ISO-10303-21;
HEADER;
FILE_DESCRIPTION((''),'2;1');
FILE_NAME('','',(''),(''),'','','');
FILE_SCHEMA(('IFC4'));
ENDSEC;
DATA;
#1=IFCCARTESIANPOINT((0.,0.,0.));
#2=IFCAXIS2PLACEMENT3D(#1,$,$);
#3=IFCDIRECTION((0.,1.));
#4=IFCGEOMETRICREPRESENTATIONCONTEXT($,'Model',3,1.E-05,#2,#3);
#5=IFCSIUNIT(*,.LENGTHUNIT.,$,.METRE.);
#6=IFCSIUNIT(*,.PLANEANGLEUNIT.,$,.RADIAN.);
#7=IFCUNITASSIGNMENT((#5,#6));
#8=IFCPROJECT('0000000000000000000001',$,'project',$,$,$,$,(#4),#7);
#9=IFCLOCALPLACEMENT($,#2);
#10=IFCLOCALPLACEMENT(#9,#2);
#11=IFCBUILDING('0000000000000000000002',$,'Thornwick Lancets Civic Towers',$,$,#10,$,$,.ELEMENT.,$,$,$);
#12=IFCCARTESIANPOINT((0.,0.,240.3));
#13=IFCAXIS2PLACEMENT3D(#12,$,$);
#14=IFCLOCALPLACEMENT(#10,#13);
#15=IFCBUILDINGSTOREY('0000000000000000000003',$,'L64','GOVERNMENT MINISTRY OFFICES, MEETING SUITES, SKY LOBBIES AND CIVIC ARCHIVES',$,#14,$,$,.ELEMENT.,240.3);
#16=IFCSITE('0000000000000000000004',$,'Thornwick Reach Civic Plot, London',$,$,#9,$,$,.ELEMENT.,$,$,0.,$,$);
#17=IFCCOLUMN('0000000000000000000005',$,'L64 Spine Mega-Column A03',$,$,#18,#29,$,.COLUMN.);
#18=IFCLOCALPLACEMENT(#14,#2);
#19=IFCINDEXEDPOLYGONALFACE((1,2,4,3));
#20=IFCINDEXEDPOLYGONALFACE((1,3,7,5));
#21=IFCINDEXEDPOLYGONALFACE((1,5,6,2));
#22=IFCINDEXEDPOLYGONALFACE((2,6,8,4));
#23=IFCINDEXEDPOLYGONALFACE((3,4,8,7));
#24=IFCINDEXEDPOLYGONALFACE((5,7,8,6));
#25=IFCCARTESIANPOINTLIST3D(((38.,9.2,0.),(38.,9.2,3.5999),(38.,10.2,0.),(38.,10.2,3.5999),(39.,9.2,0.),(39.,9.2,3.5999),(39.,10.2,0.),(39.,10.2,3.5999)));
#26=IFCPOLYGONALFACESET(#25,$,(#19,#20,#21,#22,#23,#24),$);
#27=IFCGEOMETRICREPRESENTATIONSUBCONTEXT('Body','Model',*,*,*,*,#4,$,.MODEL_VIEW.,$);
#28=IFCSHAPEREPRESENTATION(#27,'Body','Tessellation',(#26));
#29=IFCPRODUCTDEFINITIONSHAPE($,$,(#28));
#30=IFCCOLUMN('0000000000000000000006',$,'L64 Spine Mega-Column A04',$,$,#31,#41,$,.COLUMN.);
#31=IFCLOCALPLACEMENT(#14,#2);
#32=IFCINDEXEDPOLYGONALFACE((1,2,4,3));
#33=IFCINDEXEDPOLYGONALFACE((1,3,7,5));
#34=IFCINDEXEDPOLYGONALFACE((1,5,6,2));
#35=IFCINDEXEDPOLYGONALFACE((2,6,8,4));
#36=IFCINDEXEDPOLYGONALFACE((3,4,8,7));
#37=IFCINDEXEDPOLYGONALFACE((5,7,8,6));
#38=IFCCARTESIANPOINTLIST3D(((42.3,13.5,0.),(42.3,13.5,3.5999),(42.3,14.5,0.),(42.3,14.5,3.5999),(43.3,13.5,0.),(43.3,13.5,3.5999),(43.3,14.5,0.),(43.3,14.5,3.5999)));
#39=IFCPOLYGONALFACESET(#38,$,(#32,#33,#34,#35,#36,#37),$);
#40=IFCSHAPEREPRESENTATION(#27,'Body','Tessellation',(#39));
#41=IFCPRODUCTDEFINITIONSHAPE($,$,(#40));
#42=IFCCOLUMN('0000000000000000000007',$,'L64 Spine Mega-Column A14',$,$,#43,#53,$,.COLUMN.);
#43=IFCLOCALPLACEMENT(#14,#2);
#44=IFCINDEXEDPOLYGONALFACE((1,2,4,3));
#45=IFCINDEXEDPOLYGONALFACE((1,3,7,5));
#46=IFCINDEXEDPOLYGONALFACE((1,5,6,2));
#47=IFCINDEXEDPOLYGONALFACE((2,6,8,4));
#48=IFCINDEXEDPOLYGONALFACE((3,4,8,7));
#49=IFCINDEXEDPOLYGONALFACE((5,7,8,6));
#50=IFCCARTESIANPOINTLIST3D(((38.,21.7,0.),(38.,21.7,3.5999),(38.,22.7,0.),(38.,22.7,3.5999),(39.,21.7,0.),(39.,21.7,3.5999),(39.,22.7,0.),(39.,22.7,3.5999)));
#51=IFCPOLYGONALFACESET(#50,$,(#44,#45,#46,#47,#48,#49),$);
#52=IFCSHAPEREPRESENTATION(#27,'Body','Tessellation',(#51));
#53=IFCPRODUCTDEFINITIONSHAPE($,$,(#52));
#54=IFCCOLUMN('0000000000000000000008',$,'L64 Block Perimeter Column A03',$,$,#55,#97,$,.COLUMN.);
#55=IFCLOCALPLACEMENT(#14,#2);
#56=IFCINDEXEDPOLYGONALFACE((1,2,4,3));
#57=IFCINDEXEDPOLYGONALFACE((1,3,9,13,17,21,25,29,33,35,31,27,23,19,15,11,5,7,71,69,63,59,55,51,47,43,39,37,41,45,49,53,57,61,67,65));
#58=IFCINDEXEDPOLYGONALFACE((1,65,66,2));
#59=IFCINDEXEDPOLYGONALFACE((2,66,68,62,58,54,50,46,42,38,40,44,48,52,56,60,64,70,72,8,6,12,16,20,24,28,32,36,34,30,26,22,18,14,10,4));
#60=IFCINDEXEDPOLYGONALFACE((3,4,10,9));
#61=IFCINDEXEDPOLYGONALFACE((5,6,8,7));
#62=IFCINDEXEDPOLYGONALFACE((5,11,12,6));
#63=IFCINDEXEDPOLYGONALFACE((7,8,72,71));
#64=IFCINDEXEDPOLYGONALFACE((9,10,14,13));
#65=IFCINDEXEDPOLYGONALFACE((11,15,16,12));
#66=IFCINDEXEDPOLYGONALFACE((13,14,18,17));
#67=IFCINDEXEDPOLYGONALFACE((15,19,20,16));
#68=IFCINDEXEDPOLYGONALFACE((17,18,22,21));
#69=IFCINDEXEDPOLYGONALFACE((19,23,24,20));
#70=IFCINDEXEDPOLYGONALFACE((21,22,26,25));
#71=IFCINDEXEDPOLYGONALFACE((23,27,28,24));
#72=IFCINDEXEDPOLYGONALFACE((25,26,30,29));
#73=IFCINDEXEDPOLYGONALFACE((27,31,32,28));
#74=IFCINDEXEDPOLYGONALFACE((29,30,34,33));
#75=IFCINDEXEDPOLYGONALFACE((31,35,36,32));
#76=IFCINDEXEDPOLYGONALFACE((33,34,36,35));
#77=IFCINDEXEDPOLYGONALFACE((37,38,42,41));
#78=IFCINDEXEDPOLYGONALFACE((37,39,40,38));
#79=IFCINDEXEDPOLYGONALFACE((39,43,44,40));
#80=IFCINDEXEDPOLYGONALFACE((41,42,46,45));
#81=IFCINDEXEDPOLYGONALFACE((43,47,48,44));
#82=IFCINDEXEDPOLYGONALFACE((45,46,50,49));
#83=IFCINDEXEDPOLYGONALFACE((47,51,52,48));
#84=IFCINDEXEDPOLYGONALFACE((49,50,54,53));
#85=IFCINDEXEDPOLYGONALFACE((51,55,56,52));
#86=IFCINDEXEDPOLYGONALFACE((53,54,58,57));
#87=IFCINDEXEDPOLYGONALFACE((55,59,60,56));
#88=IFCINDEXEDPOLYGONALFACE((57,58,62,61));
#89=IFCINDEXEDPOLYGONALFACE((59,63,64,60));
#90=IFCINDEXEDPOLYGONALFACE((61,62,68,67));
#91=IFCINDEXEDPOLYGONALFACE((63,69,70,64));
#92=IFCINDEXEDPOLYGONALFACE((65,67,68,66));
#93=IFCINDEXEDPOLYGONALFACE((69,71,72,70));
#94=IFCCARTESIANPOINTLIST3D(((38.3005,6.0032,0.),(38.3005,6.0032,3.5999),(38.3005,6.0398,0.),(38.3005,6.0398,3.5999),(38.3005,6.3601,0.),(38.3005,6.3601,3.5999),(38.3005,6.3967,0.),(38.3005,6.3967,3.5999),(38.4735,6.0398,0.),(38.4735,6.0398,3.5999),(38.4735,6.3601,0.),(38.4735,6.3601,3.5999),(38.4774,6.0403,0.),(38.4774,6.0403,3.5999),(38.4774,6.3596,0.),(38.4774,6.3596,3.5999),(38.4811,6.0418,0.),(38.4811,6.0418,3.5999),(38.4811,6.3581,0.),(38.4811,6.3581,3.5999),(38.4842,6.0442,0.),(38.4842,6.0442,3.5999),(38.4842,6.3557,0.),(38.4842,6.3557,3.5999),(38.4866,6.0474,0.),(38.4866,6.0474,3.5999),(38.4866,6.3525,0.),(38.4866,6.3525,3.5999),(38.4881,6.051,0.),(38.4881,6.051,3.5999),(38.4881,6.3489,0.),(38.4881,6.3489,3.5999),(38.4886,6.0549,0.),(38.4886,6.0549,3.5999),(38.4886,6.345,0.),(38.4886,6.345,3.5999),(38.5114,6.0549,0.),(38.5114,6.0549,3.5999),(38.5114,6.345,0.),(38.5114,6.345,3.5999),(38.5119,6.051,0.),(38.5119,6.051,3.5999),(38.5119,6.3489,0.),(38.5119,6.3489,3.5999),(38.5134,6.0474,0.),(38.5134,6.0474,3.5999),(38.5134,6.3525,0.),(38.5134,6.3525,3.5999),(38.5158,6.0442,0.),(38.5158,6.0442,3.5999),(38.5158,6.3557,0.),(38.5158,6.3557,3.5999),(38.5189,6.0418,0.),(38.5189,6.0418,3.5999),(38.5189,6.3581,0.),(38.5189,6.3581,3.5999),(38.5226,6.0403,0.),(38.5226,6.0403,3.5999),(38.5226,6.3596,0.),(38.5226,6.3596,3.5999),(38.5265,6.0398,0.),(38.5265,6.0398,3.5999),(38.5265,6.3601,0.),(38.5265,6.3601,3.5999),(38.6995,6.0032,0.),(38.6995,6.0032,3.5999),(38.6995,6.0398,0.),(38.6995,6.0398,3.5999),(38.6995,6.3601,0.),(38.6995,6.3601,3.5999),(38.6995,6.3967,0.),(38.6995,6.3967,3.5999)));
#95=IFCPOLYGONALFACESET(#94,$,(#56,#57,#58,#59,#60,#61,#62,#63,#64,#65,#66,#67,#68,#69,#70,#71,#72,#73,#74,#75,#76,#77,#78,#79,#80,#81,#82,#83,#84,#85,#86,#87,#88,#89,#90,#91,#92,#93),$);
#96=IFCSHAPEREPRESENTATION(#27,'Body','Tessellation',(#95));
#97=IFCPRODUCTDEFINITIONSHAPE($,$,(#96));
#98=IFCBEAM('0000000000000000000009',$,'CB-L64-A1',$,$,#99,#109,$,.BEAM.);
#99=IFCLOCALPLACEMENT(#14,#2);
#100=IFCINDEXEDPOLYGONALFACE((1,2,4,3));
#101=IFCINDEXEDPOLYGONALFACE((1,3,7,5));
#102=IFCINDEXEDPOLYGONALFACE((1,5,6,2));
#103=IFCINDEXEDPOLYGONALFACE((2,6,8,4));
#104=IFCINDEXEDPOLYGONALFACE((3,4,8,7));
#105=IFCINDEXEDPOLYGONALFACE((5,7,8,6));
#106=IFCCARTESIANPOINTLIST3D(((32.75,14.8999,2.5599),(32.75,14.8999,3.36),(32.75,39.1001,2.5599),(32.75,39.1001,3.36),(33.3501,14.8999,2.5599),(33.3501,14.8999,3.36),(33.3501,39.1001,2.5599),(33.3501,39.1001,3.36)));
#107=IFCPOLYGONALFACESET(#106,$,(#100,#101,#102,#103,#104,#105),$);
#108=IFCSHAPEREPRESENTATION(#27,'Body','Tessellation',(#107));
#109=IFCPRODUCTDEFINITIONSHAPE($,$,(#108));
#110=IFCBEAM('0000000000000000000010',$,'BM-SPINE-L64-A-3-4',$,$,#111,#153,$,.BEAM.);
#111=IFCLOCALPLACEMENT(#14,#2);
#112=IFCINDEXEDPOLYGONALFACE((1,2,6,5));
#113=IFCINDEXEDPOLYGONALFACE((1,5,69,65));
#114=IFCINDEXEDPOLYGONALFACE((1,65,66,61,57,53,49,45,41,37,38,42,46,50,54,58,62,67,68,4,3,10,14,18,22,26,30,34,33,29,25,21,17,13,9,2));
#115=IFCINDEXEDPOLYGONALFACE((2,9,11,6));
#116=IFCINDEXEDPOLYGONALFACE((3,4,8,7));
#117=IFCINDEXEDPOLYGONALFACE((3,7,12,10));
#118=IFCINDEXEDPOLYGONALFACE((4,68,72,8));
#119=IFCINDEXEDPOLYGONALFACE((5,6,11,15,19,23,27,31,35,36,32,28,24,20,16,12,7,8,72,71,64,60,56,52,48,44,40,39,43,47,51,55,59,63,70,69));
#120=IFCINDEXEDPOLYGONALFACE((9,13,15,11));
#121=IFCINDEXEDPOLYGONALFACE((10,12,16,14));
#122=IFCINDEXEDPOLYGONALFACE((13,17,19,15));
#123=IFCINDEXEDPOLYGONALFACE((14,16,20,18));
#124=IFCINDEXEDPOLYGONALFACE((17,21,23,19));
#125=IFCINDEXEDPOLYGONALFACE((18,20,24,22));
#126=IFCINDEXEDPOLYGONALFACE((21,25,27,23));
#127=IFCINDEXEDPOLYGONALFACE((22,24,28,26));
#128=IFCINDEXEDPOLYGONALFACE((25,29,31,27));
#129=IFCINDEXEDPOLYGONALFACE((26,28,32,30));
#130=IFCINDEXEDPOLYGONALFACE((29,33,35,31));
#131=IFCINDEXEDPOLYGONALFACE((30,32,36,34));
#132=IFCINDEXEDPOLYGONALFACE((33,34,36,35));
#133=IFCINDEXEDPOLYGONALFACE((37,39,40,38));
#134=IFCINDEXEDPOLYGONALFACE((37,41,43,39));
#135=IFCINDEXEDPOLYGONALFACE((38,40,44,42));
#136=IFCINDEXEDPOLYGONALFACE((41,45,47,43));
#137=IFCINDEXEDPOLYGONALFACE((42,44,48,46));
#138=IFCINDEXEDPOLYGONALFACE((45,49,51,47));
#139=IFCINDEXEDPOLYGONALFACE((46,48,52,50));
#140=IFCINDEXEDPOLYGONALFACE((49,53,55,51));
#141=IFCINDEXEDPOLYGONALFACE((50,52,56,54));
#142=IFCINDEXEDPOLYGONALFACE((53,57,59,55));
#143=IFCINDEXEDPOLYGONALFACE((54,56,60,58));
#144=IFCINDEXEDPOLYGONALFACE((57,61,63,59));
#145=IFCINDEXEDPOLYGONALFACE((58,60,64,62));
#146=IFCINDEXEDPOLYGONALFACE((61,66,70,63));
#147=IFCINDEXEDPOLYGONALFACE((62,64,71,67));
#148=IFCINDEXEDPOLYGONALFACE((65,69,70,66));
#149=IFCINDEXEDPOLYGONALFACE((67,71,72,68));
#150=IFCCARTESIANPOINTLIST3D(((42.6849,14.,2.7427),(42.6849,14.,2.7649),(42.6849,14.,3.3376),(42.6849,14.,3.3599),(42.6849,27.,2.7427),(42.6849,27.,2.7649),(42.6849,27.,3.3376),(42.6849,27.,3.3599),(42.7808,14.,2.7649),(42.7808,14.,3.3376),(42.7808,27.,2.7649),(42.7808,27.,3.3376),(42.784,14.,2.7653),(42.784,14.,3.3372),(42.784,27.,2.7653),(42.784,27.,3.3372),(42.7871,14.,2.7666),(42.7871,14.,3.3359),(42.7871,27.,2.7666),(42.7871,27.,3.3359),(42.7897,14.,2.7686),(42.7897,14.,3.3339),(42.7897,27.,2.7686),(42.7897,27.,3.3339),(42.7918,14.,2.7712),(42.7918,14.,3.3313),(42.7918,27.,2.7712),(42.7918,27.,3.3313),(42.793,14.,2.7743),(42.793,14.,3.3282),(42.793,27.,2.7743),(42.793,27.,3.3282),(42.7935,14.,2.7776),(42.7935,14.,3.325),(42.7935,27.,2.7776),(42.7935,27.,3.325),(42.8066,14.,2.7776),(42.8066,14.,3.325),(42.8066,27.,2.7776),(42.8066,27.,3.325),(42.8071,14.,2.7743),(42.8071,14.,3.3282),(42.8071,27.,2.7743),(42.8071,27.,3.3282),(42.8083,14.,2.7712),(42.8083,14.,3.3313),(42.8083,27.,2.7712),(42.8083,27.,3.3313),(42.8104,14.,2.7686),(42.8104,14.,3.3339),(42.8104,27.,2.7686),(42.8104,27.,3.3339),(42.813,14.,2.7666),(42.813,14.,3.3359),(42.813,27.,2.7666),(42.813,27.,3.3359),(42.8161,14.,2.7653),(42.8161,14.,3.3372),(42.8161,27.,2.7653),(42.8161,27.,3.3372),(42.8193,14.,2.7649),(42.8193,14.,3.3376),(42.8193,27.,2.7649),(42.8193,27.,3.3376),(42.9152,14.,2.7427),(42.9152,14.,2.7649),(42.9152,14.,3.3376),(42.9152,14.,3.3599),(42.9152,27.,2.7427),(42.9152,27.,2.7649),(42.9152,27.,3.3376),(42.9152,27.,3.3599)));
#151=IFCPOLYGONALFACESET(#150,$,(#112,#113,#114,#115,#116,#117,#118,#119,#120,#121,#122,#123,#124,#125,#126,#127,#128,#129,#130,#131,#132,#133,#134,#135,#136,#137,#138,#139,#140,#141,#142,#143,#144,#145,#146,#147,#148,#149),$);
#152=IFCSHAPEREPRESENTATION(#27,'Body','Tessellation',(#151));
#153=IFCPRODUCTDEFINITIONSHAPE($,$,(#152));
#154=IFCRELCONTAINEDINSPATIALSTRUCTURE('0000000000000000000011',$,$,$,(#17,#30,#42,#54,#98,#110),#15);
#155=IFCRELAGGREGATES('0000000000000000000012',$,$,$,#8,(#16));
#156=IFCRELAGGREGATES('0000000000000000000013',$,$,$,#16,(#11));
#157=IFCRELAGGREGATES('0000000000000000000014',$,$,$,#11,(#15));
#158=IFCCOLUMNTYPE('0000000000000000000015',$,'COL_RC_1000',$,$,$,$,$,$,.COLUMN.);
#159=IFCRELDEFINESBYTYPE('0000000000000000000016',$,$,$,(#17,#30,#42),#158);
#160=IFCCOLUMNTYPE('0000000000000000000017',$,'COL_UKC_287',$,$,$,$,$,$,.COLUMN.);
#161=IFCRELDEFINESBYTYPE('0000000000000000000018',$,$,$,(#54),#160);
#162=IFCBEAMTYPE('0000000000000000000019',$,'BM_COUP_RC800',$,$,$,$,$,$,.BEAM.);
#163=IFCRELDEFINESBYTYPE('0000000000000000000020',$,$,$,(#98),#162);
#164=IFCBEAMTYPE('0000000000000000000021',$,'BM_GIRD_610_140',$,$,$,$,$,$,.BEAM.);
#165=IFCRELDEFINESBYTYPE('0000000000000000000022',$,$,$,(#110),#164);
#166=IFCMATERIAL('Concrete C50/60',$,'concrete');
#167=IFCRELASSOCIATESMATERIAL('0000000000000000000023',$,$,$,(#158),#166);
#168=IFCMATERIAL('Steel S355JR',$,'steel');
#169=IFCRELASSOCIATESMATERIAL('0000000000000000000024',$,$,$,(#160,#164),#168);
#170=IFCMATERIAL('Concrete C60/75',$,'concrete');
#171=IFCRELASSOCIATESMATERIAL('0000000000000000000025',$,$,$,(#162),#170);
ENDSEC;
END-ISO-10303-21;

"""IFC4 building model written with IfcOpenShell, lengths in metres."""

from ifc_helpers import new_model, si_unit, direction, frame, origin, origin_2d, place, context, subcontext, project, spatial, rectangle, i_section, extrude, material, material_profile, profile_set, type_object, element, save


model = new_model("IFC4")

# Units and contexts
model_context = context("Model", 3, precision=1e-05, world=origin(), true_north=direction((0.0, 1.0)))
body_context = subcontext(model_context, "Body", "Model", "MODEL_VIEW")
ifc_project = project(units=[si_unit("LENGTHUNIT", "METRE"), si_unit("PLANEANGLEUNIT", "RADIAN")], contexts=[model_context])

# Site, building, storey
site_placement = place(None, origin())
site = spatial("IfcSite", under=ifc_project, at=site_placement, Name="Thornwick Reach Civic Plot, London", CompositionType="ELEMENT", RefElevation=0.0)
building_placement = place(site_placement, origin())
building = spatial("IfcBuilding", under=site, at=building_placement, Name="Thornwick Lancets Civic Towers", CompositionType="ELEMENT")
storey_placement = place(building_placement, frame((0.0, 0.0, 240.3)))
storey = spatial("IfcBuildingStorey", under=building, at=storey_placement, Name="L64", Description="GOVERNMENT MINISTRY OFFICES, MEETING SUITES, SKY LOBBIES AND CIVIC ARCHIVES", CompositionType="ELEMENT", Elevation=240.3)

# Columns
ifc_material_1 = material(Name="Concrete C50/60", Category="concrete")
ifc_material_profile_1 = material_profile(ifc_material_1, rectangle(XDim=1.0, YDim=1.0, at=origin_2d()), Name="RC 1000x1000")
ifc_profile_set_1 = profile_set([ifc_material_profile_1], Name="Concrete C50/60")
column_type_1 = type_object("IfcColumnType", Name="COL_RC_1000", PredefinedType="COLUMN", material=ifc_profile_set_1)
for number, where, z_axis, x_axis, name in (
    (1, (38.5, 9.7, 0.0), (0.0, 0.0, 1.0), (1.0, 0.0, 0.0), "L64 Spine Mega-Column A03"),
    (2, (42.8, 14.0, 0.0), (0.0, 0.0, 1.0), (1.0, 0.0, 0.0), "L64 Spine Mega-Column A04"),
    (3, (38.5, 22.2, 0.0), (0.0, 0.0, 1.0), (1.0, 0.0, 0.0), "L64 Spine Mega-Column A14"),
):
    element("IfcColumn", number, at=place(storey_placement, frame(where, z_axis=z_axis, x_axis=x_axis)), inside=storey, type_object=column_type_1, Name=name, PredefinedType="COLUMN", context=body_context, shape_type="SweptSolid", body=[
        extrude(rectangle(XDim=1.0, YDim=1.0, at=origin_2d()), origin(), (0.0, 0.0, 1.0), 3.5999),
    ])
ifc_material_2 = material(Name="Steel S355JR", Category="steel")
ifc_material_profile_2 = material_profile(ifc_material_2, i_section(OverallWidth=0.3989, OverallDepth=0.3936, WebThickness=0.0227, FlangeThickness=0.0366, FilletRadius=0.0151, at=origin_2d()), Name="UKC 356x406x287")
ifc_profile_set_2 = profile_set([ifc_material_profile_2], Name="Steel S355JR")
column_type_2 = type_object("IfcColumnType", Name="COL_UKC_287", PredefinedType="COLUMN", material=ifc_profile_set_2)
column_placement = place(storey_placement, frame((38.5, 6.2, 0.0), z_axis=(0.0, 0.0, 1.0), x_axis=(1.0, 0.0, 0.0)))
element("IfcColumn", 4, at=column_placement, inside=storey, type_object=column_type_2, Name="L64 Block Perimeter Column A03", PredefinedType="COLUMN", context=body_context, shape_type="SweptSolid", body=[
    extrude(i_section(OverallWidth=0.3989, OverallDepth=0.3936, WebThickness=0.0227, FlangeThickness=0.0366, FilletRadius=0.0151, at=origin_2d()), origin(), (0.0, 0.0, 1.0), 3.5999),
])

# Beams
ifc_material_3 = material(Name="Concrete C60/75", Category="concrete")
ifc_material_profile_3 = material_profile(ifc_material_3, rectangle(XDim=0.6001, YDim=0.8, at=origin_2d()), Name="RC 600x800")
ifc_profile_set_3 = profile_set([ifc_material_profile_3], Name="Concrete C60/75")
beam_type_1 = type_object("IfcBeamType", Name="BM_COUP_RC800", PredefinedType="BEAM", material=ifc_profile_set_3)
beam_1_placement = place(storey_placement, frame((33.05, 14.8999, 2.96), z_axis=(0.0, 1.0, 0.0), x_axis=(-1.0, 0.0, 0.0)))
element("IfcBeam", 5, at=beam_1_placement, inside=storey, type_object=beam_type_1, Name="CB-L64-A1", PredefinedType="BEAM", context=body_context, shape_type="SweptSolid", body=[
    extrude(rectangle(XDim=0.6001, YDim=0.8, at=origin_2d()), origin(), (0.0, 0.0, 1.0), 24.2002),
])
ifc_material_profile_4 = material_profile(ifc_material_2, i_section(OverallWidth=0.2302, OverallDepth=0.6172, WebThickness=0.0132, FlangeThickness=0.0222, FilletRadius=0.0127, at=origin_2d()), Name="UKB 610x229x140")
ifc_profile_set_4 = profile_set([ifc_material_profile_4], Name="Steel S355JR")
beam_type_2 = type_object("IfcBeamType", Name="BM_GIRD_610_140", PredefinedType="BEAM", material=ifc_profile_set_4)
beam_2_placement = place(storey_placement, frame((42.8, 14.0, 3.0513), z_axis=(0.0, 1.0, 0.0), x_axis=(-1.0, 0.0, 0.0)))
element("IfcBeam", 6, at=beam_2_placement, inside=storey, type_object=beam_type_2, Name="BM-SPINE-L64-A-3-4", PredefinedType="BEAM", context=body_context, shape_type="SweptSolid", body=[
    extrude(i_section(OverallWidth=0.2302, OverallDepth=0.6172, WebThickness=0.0132, FlangeThickness=0.0222, FilletRadius=0.0127, at=origin_2d()), origin(), (0.0, 0.0, 1.0), 13.0),
])

save(model, "model.ifc")
